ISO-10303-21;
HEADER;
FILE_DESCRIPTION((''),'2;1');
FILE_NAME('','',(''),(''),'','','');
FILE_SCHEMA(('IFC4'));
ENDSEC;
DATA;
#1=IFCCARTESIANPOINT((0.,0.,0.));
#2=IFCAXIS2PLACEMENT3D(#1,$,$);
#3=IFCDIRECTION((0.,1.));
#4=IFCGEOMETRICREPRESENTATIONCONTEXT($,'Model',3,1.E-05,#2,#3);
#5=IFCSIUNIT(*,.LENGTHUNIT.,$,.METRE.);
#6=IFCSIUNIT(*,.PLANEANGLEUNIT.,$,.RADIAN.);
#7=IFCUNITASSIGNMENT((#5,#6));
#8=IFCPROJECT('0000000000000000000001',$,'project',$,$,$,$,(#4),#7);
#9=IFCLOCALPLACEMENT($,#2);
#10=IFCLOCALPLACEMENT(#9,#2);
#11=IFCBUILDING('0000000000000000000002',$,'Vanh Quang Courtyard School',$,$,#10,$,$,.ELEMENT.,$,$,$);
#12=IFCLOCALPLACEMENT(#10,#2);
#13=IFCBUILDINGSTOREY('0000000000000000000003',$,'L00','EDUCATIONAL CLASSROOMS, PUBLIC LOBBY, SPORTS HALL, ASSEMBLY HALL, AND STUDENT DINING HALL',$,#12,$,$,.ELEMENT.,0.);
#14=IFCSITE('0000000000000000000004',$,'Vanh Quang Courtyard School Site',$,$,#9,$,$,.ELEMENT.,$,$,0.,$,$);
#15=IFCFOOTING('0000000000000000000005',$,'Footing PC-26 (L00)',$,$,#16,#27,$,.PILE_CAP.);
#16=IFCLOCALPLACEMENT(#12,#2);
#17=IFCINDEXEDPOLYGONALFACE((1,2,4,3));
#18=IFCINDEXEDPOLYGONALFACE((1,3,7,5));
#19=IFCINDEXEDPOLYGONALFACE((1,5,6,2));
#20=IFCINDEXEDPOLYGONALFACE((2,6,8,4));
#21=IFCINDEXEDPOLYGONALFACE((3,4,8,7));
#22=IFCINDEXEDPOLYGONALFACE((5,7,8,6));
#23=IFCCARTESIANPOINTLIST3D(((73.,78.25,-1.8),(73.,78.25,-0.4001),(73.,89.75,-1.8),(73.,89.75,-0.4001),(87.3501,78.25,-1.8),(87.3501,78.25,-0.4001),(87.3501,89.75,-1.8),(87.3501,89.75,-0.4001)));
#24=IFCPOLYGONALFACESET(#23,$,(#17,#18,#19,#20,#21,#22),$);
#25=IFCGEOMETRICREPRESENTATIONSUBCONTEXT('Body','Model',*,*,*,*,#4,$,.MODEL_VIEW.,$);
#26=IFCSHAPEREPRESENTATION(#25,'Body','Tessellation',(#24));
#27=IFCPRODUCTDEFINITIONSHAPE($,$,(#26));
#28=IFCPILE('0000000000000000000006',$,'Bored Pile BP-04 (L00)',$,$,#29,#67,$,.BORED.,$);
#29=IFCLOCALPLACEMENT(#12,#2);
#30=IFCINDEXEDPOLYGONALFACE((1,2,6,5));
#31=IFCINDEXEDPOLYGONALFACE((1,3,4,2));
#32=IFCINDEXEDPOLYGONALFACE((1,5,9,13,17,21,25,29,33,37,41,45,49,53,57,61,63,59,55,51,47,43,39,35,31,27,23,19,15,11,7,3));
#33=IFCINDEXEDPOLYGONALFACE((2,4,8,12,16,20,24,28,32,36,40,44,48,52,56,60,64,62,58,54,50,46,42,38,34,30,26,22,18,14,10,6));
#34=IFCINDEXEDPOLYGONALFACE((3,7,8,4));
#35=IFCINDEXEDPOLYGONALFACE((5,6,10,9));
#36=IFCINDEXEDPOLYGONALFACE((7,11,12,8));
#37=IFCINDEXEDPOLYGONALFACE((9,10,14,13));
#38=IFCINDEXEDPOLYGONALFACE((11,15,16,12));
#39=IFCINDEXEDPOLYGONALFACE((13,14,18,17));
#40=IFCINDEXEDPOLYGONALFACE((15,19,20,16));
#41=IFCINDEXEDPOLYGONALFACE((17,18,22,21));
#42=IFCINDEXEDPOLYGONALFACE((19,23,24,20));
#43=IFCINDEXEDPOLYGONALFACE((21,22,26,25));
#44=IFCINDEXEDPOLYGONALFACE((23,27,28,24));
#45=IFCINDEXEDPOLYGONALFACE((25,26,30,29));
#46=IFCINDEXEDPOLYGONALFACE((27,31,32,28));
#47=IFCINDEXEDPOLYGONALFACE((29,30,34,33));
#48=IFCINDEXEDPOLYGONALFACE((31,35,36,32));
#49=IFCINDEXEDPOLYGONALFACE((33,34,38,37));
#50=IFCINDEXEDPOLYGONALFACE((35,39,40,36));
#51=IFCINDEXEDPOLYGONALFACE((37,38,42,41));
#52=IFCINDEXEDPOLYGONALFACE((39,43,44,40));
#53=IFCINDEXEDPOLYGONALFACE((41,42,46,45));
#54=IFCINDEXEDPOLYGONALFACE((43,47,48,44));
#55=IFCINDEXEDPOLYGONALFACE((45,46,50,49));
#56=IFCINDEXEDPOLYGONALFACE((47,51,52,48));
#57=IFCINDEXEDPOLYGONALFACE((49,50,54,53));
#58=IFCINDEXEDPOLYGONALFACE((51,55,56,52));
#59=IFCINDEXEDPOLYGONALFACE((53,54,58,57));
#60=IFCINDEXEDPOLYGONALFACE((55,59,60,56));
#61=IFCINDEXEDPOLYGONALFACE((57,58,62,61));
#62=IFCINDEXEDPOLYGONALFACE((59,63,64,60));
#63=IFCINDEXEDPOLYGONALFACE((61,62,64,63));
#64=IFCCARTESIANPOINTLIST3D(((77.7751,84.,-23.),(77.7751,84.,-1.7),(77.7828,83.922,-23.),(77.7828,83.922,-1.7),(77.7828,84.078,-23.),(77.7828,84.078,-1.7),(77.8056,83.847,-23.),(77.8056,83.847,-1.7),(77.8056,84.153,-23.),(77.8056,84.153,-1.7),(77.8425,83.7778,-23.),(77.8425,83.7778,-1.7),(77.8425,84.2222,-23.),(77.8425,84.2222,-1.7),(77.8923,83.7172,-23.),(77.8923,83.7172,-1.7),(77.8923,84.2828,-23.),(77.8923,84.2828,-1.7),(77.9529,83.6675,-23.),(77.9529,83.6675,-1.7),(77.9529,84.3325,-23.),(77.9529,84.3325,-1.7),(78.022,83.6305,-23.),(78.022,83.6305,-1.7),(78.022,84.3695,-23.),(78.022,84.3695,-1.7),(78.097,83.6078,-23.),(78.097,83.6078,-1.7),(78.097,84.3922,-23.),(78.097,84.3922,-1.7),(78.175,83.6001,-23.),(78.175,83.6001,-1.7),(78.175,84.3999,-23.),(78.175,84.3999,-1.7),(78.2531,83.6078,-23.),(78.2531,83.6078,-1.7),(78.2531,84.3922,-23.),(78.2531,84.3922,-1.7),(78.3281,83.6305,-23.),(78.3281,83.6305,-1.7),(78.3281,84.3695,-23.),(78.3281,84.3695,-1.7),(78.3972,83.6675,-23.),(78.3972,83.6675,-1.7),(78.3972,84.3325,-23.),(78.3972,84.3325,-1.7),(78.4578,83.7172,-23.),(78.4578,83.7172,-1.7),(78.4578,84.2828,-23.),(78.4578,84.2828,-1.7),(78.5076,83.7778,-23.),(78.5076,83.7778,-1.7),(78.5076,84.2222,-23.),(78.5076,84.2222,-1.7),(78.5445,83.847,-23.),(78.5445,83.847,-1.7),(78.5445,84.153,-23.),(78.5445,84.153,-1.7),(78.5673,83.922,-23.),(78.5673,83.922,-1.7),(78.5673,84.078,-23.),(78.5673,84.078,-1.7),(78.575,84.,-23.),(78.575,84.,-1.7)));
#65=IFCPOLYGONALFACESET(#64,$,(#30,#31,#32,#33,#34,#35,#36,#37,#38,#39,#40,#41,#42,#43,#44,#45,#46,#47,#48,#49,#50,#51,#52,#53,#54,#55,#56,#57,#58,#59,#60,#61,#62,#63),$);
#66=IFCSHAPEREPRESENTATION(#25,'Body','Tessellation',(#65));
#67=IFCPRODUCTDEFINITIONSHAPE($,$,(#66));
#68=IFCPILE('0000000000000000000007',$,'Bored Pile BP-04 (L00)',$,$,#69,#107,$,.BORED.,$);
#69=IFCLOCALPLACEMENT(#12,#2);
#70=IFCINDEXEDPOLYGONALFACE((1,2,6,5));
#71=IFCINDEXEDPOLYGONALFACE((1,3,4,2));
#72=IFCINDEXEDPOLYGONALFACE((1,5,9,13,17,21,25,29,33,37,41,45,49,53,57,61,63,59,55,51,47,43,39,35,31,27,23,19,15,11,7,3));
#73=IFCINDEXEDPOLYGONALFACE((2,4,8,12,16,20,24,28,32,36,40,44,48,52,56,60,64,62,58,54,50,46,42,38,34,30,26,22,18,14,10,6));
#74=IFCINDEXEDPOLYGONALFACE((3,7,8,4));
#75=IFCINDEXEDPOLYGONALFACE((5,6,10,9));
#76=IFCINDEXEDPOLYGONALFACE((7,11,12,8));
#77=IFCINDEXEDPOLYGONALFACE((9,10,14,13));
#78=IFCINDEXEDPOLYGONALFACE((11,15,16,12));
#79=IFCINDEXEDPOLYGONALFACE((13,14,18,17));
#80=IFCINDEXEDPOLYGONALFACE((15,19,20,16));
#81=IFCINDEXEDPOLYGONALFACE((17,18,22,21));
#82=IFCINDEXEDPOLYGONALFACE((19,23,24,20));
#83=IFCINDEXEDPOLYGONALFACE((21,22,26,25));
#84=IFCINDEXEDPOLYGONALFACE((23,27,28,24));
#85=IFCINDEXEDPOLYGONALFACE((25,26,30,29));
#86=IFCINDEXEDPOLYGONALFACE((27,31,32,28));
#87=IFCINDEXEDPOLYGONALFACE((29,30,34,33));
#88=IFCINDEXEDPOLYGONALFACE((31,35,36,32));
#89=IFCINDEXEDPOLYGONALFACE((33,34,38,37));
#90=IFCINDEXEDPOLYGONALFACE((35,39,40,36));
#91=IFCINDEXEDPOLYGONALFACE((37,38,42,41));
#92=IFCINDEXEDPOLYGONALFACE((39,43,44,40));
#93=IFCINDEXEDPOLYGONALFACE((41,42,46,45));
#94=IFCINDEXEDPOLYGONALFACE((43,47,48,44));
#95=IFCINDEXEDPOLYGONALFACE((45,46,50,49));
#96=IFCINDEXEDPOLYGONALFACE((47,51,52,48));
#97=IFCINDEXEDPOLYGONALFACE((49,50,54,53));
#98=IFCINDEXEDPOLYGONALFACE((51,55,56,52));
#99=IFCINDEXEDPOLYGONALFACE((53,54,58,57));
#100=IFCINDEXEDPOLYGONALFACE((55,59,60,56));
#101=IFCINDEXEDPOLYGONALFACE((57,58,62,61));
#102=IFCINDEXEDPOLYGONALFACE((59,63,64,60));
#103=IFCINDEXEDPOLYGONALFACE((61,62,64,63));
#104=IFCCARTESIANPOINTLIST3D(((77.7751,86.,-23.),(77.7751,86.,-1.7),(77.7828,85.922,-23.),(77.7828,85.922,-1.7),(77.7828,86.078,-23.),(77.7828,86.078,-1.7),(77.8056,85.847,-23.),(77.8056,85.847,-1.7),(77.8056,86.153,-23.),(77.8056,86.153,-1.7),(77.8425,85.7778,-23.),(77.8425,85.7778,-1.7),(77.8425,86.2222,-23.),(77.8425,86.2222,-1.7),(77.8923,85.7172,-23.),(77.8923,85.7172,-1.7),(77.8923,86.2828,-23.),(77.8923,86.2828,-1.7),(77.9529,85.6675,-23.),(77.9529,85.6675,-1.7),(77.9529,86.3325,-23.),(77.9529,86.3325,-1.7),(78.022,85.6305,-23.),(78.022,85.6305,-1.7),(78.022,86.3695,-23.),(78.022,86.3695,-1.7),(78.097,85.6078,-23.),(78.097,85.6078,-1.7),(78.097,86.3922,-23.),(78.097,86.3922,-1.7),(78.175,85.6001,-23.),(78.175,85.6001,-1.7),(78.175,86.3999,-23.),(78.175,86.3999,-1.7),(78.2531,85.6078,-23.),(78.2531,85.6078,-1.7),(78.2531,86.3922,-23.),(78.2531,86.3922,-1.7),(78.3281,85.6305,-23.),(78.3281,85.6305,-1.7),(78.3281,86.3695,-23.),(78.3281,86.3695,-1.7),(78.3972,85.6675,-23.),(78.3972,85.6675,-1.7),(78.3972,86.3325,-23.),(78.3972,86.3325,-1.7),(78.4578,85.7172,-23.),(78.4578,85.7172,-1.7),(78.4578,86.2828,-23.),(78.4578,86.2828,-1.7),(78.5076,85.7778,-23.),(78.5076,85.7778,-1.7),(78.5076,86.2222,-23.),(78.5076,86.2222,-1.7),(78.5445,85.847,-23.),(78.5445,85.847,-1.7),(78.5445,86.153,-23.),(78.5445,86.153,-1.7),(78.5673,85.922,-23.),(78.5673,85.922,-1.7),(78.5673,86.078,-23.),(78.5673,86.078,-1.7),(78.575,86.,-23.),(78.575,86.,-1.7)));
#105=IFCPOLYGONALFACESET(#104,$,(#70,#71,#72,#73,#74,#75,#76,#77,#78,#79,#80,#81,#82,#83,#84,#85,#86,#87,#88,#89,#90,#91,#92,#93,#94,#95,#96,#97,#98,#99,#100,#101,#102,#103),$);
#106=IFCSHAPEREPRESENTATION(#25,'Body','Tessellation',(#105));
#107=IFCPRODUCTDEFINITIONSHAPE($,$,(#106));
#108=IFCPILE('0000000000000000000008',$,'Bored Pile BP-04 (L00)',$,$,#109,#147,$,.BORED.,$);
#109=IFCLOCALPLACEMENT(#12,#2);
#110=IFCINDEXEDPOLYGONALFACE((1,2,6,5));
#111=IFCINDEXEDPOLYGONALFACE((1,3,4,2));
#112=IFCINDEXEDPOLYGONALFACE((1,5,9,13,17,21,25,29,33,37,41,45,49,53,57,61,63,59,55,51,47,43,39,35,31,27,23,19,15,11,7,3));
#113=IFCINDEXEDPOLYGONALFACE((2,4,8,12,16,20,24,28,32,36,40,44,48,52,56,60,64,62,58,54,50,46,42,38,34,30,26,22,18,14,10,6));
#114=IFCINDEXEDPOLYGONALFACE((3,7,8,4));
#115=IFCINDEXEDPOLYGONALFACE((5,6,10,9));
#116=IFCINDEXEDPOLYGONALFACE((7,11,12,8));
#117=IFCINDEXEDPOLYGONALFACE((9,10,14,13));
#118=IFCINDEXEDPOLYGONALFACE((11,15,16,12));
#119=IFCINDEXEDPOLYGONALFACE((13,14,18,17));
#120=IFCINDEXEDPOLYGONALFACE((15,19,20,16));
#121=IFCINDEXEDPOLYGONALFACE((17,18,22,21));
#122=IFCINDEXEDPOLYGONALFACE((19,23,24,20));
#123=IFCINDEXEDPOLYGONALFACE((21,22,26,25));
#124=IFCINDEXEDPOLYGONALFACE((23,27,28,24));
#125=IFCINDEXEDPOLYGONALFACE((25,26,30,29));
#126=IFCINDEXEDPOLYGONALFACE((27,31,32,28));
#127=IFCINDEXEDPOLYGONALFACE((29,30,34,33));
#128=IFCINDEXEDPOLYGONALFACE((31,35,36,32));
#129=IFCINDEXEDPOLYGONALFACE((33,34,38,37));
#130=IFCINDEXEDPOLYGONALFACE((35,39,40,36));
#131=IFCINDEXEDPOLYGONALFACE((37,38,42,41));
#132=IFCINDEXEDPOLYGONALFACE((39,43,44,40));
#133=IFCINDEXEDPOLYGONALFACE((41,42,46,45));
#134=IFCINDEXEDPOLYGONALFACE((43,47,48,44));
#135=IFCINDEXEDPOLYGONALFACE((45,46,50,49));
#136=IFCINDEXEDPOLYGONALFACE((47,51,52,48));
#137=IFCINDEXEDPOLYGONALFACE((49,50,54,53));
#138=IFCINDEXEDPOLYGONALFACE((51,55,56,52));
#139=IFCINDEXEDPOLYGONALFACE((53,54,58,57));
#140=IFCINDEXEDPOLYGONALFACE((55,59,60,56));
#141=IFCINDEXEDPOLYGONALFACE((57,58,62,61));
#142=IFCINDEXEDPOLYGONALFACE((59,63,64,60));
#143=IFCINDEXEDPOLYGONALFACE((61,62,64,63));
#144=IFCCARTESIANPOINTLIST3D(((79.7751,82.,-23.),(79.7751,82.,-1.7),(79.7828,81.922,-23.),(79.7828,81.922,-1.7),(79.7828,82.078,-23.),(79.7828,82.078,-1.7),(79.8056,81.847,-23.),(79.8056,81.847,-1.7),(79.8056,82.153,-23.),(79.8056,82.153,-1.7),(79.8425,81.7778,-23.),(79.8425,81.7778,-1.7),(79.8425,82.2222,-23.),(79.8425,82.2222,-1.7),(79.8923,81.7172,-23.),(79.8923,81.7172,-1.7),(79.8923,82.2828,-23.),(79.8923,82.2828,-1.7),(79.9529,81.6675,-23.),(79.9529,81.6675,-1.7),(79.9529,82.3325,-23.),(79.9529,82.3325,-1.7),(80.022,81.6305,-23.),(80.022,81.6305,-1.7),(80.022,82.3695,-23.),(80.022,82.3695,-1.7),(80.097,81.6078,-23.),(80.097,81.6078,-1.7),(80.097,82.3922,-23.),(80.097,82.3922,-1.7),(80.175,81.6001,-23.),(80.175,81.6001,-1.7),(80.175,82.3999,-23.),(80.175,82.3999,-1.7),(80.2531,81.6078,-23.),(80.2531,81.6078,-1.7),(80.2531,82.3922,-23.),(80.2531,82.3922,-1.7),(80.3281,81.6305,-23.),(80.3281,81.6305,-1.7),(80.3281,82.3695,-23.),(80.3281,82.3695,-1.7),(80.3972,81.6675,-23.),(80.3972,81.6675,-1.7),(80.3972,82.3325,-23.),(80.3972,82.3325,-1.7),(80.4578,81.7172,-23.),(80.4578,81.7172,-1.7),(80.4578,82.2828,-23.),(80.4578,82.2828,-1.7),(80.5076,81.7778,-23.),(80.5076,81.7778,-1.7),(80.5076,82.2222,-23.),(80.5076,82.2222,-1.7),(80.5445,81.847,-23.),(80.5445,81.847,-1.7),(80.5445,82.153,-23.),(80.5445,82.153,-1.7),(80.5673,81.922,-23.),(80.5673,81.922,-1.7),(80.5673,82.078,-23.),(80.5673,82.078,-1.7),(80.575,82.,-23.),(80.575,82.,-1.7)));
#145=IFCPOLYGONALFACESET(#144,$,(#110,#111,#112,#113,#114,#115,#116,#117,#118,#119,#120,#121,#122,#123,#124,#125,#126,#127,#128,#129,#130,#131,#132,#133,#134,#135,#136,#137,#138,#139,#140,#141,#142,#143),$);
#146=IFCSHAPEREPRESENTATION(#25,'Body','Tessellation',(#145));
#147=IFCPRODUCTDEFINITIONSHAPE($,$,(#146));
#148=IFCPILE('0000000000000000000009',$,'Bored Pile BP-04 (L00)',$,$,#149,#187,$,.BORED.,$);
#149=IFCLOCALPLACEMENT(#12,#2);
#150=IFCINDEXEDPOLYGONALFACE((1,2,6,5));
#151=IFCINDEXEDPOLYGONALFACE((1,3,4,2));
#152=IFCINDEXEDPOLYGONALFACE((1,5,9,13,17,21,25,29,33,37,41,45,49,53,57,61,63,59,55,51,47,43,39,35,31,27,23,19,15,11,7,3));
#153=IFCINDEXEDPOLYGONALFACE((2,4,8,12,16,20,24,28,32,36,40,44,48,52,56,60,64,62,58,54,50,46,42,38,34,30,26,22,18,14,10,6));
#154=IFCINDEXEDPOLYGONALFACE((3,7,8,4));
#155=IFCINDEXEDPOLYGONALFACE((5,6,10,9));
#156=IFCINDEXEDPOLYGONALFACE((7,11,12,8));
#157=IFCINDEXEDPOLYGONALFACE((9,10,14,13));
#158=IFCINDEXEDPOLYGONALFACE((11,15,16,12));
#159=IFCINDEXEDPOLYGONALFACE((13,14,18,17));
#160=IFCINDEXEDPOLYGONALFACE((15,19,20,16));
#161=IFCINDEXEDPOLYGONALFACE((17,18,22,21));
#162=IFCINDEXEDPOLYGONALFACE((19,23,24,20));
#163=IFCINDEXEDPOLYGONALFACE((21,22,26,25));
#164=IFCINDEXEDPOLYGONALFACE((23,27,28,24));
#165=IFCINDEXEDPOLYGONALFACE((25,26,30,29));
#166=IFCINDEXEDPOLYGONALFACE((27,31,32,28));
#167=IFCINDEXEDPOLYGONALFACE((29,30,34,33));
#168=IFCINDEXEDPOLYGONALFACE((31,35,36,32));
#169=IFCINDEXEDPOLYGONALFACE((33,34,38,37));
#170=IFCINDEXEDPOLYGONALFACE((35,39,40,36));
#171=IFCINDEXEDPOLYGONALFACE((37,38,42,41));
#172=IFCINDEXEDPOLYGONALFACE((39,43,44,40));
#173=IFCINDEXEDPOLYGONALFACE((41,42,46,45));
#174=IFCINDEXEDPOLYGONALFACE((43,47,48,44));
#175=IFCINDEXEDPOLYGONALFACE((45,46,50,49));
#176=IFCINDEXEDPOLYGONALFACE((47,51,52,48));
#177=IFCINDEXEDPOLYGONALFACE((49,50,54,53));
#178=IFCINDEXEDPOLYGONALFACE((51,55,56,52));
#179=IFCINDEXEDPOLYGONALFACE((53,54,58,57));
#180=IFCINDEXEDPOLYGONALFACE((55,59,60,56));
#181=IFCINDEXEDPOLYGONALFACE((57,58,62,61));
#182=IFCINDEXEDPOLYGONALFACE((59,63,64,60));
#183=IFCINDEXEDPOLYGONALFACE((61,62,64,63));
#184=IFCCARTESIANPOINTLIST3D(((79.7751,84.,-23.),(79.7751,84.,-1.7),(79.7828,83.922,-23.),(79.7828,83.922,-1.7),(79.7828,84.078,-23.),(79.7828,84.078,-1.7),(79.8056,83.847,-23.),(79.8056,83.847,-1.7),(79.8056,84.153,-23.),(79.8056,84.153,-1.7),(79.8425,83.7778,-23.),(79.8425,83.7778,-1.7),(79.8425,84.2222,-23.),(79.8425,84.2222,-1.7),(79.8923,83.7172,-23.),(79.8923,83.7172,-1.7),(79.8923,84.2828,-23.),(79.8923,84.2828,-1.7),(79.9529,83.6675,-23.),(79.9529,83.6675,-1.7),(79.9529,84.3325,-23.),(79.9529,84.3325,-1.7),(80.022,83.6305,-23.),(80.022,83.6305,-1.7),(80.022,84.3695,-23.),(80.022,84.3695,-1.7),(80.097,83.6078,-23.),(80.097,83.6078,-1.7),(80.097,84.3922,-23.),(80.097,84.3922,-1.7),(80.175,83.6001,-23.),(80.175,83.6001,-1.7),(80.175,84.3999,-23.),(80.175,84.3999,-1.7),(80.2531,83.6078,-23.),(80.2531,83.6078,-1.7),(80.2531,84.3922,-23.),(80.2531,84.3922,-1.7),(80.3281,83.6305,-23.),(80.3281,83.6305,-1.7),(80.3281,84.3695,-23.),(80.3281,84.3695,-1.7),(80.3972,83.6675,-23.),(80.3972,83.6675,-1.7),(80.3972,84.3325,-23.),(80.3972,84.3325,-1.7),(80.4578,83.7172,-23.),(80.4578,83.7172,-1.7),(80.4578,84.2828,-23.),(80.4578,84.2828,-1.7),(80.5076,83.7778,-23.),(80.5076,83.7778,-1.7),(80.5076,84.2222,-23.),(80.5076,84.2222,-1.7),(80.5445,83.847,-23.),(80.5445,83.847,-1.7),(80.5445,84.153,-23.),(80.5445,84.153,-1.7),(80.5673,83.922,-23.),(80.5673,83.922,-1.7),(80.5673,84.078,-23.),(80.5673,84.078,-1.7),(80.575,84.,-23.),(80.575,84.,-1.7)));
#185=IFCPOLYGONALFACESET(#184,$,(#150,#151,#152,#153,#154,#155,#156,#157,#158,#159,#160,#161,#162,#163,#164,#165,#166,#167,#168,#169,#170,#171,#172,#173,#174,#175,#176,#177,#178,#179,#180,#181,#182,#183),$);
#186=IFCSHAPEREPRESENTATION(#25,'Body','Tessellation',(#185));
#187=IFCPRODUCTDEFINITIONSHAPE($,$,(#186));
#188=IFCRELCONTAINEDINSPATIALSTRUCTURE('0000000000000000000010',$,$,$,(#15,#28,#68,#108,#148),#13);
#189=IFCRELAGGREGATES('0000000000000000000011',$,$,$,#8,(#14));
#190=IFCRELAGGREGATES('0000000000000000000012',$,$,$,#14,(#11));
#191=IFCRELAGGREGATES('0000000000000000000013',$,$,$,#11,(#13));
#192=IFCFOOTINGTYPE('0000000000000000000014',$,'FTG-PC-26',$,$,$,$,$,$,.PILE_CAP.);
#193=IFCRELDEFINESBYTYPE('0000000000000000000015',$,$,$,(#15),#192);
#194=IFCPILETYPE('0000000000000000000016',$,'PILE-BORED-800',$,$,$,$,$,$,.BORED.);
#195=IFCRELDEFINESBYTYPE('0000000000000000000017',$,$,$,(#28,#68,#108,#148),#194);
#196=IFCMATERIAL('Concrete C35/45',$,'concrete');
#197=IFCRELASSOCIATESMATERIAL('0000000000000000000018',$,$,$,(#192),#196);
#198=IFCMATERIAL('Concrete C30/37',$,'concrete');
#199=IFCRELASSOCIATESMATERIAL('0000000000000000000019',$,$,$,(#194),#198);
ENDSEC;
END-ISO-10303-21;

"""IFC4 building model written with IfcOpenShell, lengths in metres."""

from ifc_helpers import new_model, si_unit, direction, frame, origin, origin_2d, place, context, subcontext, project, spatial, rectangle, circle, extrude, material, material_profile, profile_set, type_object, element, save


model = new_model("IFC4")

# Units and contexts
model_context = context("Model", 3, precision=1e-05, world=origin(), true_north=direction((0.0, 1.0)))
body_context = subcontext(model_context, "Body", "Model", "MODEL_VIEW")
ifc_project = project(units=[si_unit("LENGTHUNIT", "METRE"), si_unit("PLANEANGLEUNIT", "RADIAN")], contexts=[model_context])

# Site, building, storey
site_placement = place(None, origin())
site = spatial("IfcSite", under=ifc_project, at=site_placement, Name="Vanh Quang Courtyard School Site", CompositionType="ELEMENT", RefElevation=0.0)
building_placement = place(site_placement, origin())
building = spatial("IfcBuilding", under=site, at=building_placement, Name="Vanh Quang Courtyard School", CompositionType="ELEMENT")
storey_placement = place(building_placement, origin())
storey = spatial("IfcBuildingStorey", under=building, at=storey_placement, Name="L00", Description="EDUCATIONAL CLASSROOMS, PUBLIC LOBBY, SPORTS HALL, ASSEMBLY HALL, AND STUDENT DINING HALL", CompositionType="ELEMENT", Elevation=0.0)

# Footing
ifc_material_1 = material(Name="Concrete C35/45", Category="concrete")
footing_type = type_object("IfcFootingType", Name="FTG-PC-26", PredefinedType="PILE_CAP", material=ifc_material_1)
footing_placement = place(storey_placement, frame((80.175, 84.0, -1.8), z_axis=(0.0, 0.0, 1.0), x_axis=(1.0, 0.0, 0.0)))
element("IfcFooting", 1, at=footing_placement, inside=storey, type_object=footing_type, Name="Footing PC-26 (L00)", PredefinedType="PILE_CAP", context=body_context, shape_type="SweptSolid", body=[
    extrude(rectangle(XDim=14.3501, YDim=11.5, at=origin_2d()), origin(), (0.0, 0.0, 1.0), 1.3999),
])

# Piles
ifc_material_2 = material(Name="Concrete C30/37", Category="concrete")
ifc_material_profile_1 = material_profile(ifc_material_2, circle(Radius=0.3999, at=origin_2d()), Name="PILE D800")
ifc_profile_set_1 = profile_set([ifc_material_profile_1], Name="Concrete C30/37")
pile_type = type_object("IfcPileType", Name="PILE-BORED-800", PredefinedType="BORED", material=ifc_profile_set_1)
for number, where, z_axis, x_axis, name in (
    (2, (78.175, 84.0, -1.7), (0.0, 0.0, -1.0), (1.0, 0.0, 0.0), "Bored Pile BP-04 (L00)"),
    (3, (78.175, 86.0, -1.7), (0.0, 0.0, -1.0), (1.0, 0.0, 0.0), "Bored Pile BP-04 (L00)"),
    (4, (80.175, 82.0, -1.7), (0.0, 0.0, -1.0), (1.0, 0.0, 0.0), "Bored Pile BP-04 (L00)"),
    (5, (80.175, 84.0, -1.7), (0.0, 0.0, -1.0), (1.0, 0.0, 0.0), "Bored Pile BP-04 (L00)"),
):
    element("IfcPile", number, at=place(storey_placement, frame(where, z_axis=z_axis, x_axis=x_axis)), inside=storey, type_object=pile_type, Name=name, PredefinedType="BORED", context=body_context, shape_type="SweptSolid", body=[
        extrude(circle(Radius=0.3999, at=origin_2d()), origin(), (0.0, 0.0, 1.0), 21.3),
    ])

save(model, "model.ifc")
